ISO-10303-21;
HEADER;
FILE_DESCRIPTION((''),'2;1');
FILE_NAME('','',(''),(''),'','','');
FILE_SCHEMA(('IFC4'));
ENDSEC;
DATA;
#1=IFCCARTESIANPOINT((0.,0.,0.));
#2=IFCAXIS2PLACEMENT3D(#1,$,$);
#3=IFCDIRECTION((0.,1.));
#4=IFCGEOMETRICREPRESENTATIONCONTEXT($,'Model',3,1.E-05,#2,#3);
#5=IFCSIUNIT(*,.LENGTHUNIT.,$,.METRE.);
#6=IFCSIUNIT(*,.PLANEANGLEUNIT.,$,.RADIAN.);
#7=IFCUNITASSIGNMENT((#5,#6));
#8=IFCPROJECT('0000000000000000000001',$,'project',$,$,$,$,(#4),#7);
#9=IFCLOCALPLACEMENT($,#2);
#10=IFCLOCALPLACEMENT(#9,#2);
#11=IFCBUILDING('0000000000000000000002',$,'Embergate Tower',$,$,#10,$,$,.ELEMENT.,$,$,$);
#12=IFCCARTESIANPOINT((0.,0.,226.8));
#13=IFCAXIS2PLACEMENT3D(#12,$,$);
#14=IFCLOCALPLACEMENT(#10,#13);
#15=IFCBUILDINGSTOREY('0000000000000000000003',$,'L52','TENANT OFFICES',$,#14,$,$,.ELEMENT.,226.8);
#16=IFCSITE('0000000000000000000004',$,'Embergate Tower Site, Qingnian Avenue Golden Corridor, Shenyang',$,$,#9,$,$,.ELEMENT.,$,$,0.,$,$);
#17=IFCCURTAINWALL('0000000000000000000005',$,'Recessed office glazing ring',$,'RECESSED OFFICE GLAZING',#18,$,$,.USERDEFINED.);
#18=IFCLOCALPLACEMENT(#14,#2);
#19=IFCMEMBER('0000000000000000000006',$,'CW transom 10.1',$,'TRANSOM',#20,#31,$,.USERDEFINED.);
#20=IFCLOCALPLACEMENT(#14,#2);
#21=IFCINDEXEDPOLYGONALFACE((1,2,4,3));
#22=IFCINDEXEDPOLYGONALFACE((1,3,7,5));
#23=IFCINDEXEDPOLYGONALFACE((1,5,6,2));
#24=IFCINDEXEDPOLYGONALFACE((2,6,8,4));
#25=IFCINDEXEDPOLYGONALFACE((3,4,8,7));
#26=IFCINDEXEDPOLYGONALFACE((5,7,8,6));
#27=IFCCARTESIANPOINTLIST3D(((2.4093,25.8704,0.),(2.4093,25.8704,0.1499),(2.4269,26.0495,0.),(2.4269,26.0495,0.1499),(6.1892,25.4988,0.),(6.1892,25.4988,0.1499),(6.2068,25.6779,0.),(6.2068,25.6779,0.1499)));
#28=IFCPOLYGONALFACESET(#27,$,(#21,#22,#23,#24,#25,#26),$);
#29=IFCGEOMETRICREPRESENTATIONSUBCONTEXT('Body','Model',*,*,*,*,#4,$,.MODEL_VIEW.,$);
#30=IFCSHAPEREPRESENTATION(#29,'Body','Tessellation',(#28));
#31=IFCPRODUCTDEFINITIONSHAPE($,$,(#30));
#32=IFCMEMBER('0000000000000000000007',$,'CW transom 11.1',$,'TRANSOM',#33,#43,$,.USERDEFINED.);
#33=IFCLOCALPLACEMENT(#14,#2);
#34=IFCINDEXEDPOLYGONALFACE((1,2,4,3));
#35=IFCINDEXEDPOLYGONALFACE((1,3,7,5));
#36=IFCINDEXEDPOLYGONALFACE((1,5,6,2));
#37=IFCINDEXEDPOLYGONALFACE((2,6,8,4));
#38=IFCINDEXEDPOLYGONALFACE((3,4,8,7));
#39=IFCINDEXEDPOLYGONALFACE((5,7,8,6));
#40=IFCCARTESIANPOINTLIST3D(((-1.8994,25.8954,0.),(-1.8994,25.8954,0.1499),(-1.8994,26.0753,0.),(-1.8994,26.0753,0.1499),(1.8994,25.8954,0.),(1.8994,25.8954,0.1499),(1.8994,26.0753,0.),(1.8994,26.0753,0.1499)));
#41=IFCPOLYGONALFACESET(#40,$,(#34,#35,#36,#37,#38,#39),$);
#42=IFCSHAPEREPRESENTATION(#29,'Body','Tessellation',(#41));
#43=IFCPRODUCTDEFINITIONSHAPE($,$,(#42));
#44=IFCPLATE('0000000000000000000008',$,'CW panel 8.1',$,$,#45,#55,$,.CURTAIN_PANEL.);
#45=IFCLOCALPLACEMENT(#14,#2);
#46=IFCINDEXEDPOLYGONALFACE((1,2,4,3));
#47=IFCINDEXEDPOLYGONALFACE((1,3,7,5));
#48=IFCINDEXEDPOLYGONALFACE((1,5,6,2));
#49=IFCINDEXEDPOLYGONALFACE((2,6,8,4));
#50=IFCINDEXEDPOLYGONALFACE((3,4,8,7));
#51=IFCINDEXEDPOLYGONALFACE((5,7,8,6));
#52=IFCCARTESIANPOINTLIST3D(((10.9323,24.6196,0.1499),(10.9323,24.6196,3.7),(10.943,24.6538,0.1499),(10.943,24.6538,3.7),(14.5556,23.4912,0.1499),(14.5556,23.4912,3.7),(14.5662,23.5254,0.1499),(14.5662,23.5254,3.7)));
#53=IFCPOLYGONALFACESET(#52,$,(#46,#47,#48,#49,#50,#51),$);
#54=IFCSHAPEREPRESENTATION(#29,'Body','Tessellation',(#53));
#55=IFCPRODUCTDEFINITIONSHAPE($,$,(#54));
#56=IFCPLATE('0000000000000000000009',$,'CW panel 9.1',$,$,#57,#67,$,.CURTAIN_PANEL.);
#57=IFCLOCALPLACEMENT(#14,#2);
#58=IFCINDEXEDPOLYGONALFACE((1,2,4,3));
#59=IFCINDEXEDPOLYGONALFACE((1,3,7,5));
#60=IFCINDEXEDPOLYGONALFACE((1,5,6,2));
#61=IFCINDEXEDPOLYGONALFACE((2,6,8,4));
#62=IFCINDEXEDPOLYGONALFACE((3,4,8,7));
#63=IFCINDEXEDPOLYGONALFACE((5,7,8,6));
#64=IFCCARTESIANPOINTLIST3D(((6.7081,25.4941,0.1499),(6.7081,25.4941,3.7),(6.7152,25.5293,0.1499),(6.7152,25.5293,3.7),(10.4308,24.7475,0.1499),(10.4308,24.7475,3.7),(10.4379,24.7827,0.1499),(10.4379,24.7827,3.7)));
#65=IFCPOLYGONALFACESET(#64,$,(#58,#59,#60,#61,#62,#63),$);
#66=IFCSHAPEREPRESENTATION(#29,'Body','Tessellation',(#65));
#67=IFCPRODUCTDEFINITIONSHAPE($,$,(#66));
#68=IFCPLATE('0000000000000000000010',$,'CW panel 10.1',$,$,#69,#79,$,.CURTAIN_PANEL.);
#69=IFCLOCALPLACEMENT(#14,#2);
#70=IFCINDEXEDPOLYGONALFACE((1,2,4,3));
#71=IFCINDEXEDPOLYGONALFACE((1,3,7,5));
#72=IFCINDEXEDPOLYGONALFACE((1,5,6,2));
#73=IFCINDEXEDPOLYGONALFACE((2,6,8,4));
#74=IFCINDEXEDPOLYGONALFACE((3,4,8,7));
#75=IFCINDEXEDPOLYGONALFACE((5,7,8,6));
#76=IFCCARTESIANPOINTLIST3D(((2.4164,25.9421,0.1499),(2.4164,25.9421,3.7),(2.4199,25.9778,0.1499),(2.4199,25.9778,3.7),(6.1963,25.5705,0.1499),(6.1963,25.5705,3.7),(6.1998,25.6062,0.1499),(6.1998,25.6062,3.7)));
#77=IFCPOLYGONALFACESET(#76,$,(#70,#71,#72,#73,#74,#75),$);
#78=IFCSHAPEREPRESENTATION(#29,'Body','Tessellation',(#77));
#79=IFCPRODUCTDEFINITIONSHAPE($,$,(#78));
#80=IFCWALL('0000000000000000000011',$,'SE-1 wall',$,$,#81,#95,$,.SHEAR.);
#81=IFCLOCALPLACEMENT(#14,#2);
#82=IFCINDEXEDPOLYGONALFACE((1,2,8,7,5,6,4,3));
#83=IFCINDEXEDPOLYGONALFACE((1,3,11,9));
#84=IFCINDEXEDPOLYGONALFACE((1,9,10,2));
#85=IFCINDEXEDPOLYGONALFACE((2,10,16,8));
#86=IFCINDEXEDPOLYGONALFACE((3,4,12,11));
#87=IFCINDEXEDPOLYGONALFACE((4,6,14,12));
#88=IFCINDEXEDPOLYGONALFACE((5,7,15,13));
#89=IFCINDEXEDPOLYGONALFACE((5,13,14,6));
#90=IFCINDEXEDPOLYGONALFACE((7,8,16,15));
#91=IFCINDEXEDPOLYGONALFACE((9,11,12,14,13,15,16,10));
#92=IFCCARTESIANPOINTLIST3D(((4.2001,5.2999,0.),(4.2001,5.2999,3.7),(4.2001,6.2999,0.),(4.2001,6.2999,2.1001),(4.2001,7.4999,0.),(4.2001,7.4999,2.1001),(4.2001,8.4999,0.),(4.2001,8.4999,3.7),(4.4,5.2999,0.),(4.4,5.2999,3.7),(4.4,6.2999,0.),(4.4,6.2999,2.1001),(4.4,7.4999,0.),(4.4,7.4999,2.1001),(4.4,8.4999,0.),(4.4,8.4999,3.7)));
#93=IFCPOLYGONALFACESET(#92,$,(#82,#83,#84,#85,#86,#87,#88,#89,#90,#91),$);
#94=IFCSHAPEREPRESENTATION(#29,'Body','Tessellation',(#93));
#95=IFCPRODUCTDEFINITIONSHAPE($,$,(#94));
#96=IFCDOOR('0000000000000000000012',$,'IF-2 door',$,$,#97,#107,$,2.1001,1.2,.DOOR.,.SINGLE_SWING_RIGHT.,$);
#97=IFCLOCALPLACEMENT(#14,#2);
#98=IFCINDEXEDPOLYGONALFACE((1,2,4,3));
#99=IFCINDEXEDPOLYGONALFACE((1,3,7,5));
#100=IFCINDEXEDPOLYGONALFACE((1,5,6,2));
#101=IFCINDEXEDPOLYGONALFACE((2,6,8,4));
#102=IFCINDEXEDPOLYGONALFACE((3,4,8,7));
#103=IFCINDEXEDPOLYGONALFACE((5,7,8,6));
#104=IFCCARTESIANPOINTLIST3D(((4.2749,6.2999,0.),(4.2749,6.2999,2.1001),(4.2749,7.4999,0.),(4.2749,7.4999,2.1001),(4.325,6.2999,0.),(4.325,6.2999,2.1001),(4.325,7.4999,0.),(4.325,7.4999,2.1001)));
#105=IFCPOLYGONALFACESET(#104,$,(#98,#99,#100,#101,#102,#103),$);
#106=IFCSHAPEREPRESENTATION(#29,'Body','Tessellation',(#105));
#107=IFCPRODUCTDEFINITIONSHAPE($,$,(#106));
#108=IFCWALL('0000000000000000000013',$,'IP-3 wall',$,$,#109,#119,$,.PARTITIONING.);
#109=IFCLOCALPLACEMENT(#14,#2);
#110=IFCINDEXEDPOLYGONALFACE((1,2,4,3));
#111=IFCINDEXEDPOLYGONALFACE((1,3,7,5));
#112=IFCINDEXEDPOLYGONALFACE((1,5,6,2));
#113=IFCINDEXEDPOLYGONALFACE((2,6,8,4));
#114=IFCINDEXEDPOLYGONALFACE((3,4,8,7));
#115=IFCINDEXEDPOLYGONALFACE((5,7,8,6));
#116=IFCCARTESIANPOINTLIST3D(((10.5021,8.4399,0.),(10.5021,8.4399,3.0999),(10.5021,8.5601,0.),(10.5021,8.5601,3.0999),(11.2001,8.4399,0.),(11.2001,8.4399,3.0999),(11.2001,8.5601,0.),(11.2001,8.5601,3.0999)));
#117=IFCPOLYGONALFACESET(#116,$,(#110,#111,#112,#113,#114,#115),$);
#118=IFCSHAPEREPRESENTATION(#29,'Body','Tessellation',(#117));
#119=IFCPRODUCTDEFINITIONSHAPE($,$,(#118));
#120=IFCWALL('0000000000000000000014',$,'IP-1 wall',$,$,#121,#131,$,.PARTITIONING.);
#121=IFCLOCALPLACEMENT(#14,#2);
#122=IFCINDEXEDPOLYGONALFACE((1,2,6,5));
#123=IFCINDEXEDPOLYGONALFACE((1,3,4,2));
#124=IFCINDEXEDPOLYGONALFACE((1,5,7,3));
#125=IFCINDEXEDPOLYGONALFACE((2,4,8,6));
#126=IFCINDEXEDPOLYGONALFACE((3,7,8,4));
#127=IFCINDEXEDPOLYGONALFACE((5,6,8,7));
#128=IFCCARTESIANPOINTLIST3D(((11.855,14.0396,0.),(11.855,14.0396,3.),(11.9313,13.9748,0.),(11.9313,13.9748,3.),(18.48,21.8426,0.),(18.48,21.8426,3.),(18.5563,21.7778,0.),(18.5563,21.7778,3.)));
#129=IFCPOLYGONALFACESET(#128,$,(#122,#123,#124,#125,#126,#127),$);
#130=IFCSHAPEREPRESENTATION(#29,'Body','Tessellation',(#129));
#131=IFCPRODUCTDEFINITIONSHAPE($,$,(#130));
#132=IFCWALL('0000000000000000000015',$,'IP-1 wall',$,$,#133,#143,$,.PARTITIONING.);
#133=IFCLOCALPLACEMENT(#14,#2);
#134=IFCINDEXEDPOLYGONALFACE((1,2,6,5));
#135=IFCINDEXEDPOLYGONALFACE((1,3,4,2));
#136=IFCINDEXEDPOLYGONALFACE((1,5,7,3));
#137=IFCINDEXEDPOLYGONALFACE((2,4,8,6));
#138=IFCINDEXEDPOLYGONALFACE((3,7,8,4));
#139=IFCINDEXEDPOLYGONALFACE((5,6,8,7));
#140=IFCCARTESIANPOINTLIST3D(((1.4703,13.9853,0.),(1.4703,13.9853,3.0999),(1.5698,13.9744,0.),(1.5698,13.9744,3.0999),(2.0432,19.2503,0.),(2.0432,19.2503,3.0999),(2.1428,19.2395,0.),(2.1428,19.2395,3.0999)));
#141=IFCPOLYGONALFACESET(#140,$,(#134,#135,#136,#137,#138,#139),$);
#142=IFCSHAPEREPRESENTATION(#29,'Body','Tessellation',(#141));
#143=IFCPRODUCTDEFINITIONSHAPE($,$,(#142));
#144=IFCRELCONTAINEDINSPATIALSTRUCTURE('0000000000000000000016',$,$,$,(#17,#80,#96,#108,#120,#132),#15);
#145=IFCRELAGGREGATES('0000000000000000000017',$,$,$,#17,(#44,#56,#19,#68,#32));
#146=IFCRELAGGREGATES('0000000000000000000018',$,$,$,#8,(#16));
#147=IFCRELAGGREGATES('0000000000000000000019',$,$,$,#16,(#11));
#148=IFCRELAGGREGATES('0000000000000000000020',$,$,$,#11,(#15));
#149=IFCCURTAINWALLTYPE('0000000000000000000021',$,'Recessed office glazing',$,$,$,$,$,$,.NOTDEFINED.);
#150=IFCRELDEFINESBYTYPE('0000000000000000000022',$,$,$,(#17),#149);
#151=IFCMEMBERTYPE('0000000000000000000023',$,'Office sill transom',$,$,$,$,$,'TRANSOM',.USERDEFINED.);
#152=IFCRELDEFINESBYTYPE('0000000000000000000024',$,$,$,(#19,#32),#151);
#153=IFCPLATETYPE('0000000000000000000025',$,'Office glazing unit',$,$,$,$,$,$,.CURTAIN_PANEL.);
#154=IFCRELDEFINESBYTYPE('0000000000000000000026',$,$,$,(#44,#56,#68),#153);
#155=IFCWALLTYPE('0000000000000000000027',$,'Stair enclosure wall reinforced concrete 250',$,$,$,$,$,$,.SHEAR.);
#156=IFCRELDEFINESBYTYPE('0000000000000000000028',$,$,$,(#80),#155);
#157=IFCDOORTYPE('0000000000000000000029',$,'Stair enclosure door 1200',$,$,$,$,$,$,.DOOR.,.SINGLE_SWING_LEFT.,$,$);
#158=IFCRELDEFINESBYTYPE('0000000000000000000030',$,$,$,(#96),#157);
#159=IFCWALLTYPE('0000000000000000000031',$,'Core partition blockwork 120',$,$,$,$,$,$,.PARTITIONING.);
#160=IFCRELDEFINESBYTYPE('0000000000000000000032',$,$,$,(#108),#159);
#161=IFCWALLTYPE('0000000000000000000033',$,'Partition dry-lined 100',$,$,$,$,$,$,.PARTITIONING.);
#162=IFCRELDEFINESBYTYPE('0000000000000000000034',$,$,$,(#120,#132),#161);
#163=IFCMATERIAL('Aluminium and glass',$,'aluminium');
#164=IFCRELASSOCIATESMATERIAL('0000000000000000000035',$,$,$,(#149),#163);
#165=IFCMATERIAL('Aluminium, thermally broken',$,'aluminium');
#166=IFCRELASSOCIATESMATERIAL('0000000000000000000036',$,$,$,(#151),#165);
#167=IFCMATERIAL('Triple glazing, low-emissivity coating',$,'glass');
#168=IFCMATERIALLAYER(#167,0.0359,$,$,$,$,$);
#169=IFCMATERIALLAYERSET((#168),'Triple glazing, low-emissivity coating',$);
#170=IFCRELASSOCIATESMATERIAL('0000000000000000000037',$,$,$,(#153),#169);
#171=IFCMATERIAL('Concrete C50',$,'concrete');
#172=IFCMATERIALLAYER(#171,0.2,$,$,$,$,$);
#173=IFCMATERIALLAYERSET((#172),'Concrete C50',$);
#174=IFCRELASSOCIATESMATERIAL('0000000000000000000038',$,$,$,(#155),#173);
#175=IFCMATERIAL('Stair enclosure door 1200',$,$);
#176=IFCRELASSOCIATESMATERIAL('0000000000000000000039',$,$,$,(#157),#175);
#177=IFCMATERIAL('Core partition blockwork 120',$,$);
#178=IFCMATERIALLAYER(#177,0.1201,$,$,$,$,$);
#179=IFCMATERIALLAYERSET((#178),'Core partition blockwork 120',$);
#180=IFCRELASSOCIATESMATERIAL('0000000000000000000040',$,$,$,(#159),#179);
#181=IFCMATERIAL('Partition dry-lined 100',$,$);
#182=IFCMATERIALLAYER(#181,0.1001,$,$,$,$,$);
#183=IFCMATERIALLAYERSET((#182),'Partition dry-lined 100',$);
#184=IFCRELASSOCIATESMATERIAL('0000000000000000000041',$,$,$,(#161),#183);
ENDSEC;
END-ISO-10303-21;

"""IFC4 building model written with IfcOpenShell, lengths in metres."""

from ifc_helpers import new_model, si_unit, direction, frame, frame_2d, origin, origin_2d, place, context, subcontext, project, spatial, rectangle, extrude, source, transform, mapped, material, layer, layer_set, material_profile, profile_set, type_object, element, fill, aggregate, save


model = new_model("IFC4")

# Units and contexts
model_context = context("Model", 3, precision=1e-05, world=origin(), true_north=direction((0.0, 1.0)))
body_context = subcontext(model_context, "Body", "Model", "MODEL_VIEW")
ifc_project = project(units=[si_unit("LENGTHUNIT", "METRE"), si_unit("PLANEANGLEUNIT", "RADIAN")], contexts=[model_context])

# Site, building, storey
site_placement = place(None, origin())
site = spatial("IfcSite", under=ifc_project, at=site_placement, Name="Embergate Tower Site, Qingnian Avenue Golden Corridor, Shenyang", CompositionType="ELEMENT", RefElevation=0.0)
building_placement = place(site_placement, origin())
building = spatial("IfcBuilding", under=site, at=building_placement, Name="Embergate Tower", CompositionType="ELEMENT")
storey_placement = place(building_placement, frame((0.0, 0.0, 226.8)))
storey = spatial("IfcBuildingStorey", under=building, at=storey_placement, Name="L52", Description="TENANT OFFICES", CompositionType="ELEMENT", Elevation=226.8)

# Curtain wall, members, plates
ifc_material_1 = material(Name="Aluminium and glass", Category="aluminium")
curtain_wall_type = type_object("IfcCurtainWallType", Name="Recessed office glazing", PredefinedType="NOTDEFINED", material=ifc_material_1)
curtain_wall_placement = place(storey_placement, origin())
curtain_wall = element("IfcCurtainWall", 1, at=curtain_wall_placement, inside=storey, type_object=curtain_wall_type, Name="Recessed office glazing ring", ObjectType="RECESSED OFFICE GLAZING", PredefinedType="USERDEFINED")
ifc_material_2 = material(Name="Aluminium, thermally broken", Category="aluminium")
ifc_material_profile_1 = material_profile(ifc_material_2, rectangle(XDim=0.1799, YDim=0.1499, at=origin_2d()), Name="AL 150x180")
ifc_profile_set_1 = profile_set([ifc_material_profile_1], Name="Aluminium, thermally broken")
member_type_1 = type_object("IfcMemberType", Name="Office sill transom", ElementType="TRANSOM", PredefinedType="USERDEFINED", material=ifc_profile_set_1)
shared_shape_1 = source(origin(), body_context, "Body", "SweptSolid", [
    extrude(rectangle(XDim=0.1799, YDim=0.1499, at=origin_2d()), origin(), (0.0, 0.0, 1.0), 3.7981),
])
member_1_placement = place(storey_placement, frame((6.198, 25.5884, 0.075), z_axis=(-0.995203, 0.097836, 0.0), x_axis=(-0.097836, -0.995203, 0.0)))
member_1 = element("IfcMember", 2, at=member_1_placement, type_object=member_type_1, Name="CW transom 10.1", ObjectType="TRANSOM", PredefinedType="USERDEFINED", context=body_context, shape_type="MappedRepresentation", body=[
    mapped(shared_shape_1, transform((0.0, 0.0, 0.0))),
])
shared_shape_2 = source(origin(), body_context, "Body", "SweptSolid", [
    extrude(rectangle(XDim=0.1799, YDim=0.1499, at=origin_2d()), origin(), (0.0, 0.0, 1.0), 3.7988),
])
member_2_placement = place(storey_placement, frame((1.8994, 25.9854, 0.075), z_axis=(-1.0, 0.0, 0.0), x_axis=(0.0, -1.0, 0.0)))
member_2 = element("IfcMember", 3, at=member_2_placement, type_object=member_type_1, Name="CW transom 11.1", ObjectType="TRANSOM", PredefinedType="USERDEFINED", context=body_context, shape_type="MappedRepresentation", body=[
    mapped(shared_shape_2, transform((0.0, 0.0, 0.0))),
])
ifc_material_3 = material(Name="Triple glazing, low-emissivity coating", Category="glass")
ifc_layer_1 = layer(ifc_material_3, 0.0359)
ifc_layer_set_1 = layer_set([ifc_layer_1], Name="Triple glazing, low-emissivity coating")
plate_type = type_object("IfcPlateType", Name="Office glazing unit", PredefinedType="CURTAIN_PANEL", material=ifc_layer_set_1)
shared_shape_3 = source(origin(), body_context, "Body", "SweptSolid", [
    extrude(rectangle(XDim=3.7949, YDim=0.0359, at=origin_2d()), origin(), (0.0, 0.0, 1.0), 3.55),
])
plate_1_placement = place(storey_placement, frame((12.7493, 24.0725, 0.1499), z_axis=(0.0, 0.0, 1.0), x_axis=(-0.954771, 0.297343, 0.0)))
plate_1 = element("IfcPlate", 4, at=plate_1_placement, type_object=plate_type, Name="CW panel 8.1", PredefinedType="CURTAIN_PANEL", context=body_context, shape_type="MappedRepresentation", body=[
    mapped(shared_shape_3, transform((0.0, 0.0, 0.0))),
])
shared_shape_4 = source(origin(), body_context, "Body", "SweptSolid", [
    extrude(rectangle(XDim=3.7969, YDim=0.0359, at=origin_2d()), origin(), (0.0, 0.0, 1.0), 3.55),
])
plate_2_placement = place(storey_placement, frame((8.573, 25.1384, 0.1499), z_axis=(0.0, 0.0, 1.0), x_axis=(-0.980475, 0.196643, 0.0)))
plate_2 = element("IfcPlate", 5, at=plate_2_placement, type_object=plate_type, Name="CW panel 9.1", PredefinedType="CURTAIN_PANEL", context=body_context, shape_type="MappedRepresentation", body=[
    mapped(shared_shape_4, transform((0.0, 0.0, 0.0))),
])
shared_shape_5 = source(origin(), body_context, "Body", "SweptSolid", [
    extrude(rectangle(XDim=3.7981, YDim=0.0359, at=origin_2d()), origin(), (0.0, 0.0, 1.0), 3.55),
])
plate_3_placement = place(storey_placement, frame((4.3081, 25.7742, 0.1499), z_axis=(0.0, 0.0, 1.0), x_axis=(-0.995203, 0.097831, 0.0)))
plate_3 = element("IfcPlate", 6, at=plate_3_placement, type_object=plate_type, Name="CW panel 10.1", PredefinedType="CURTAIN_PANEL", context=body_context, shape_type="MappedRepresentation", body=[
    mapped(shared_shape_5, transform((0.0, 0.0, 0.0))),
])
aggregate(curtain_wall, [plate_1, plate_2, member_1, plate_3, member_2])

# Wall, opening, door
ifc_material_4 = material(Name="Concrete C50", Category="concrete")
ifc_layer_2 = layer(ifc_material_4, 0.2)
ifc_layer_set_2 = layer_set([ifc_layer_2], Name="Concrete C50")
wall_type_1 = type_object("IfcWallType", Name="Stair enclosure wall reinforced concrete 250", PredefinedType="SHEAR", material=ifc_layer_set_2)
shared_shape_6 = source(origin(), body_context, "Body", "SweptSolid", [
    extrude(rectangle(XDim=3.2, YDim=0.2, at=frame_2d((1.6001, 0.0))), origin(), (0.0, 0.0, 1.0), 3.7),
])
wall_1_placement = place(storey_placement, frame((4.3, 8.5, 0.0), z_axis=(0.0, 0.0, 1.0), x_axis=(0.0, -1.0, 0.0)))
wall_1 = element("IfcWall", 7, at=wall_1_placement, inside=storey, type_object=wall_type_1, Name="SE-1 wall", PredefinedType="SHEAR", context=body_context, shape_type="MappedRepresentation", body=[
    mapped(shared_shape_6, transform((0.0, 0.0, 0.0))),
])
shared_shape_7 = source(origin(), body_context, "Body", "SweptSolid", [
    extrude(rectangle(XDim=1.2, YDim=2.1001, at=frame_2d((0.6001, 1.05))), frame((0.0, 0.1099, 0.0), z_axis=(0.0, -1.0, 0.0), x_axis=(1.0, 0.0, 0.0)), (0.0, 0.0, 1.0), 0.22),
])
opening_placement = place(wall_1_placement, frame((1.0, 0.0, 0.0)))
opening = element("IfcOpeningElement", 8, at=opening_placement, cuts=wall_1, PredefinedType="OPENING", context=body_context, shape_type="MappedRepresentation", body=[
    mapped(shared_shape_7, transform((0.0, 0.0, 0.0))),
])
ifc_material_5 = material(Name="Stair enclosure door 1200")
door_type = type_object("IfcDoorType", Name="Stair enclosure door 1200", OperationType="SINGLE_SWING_LEFT", PredefinedType="DOOR", material=ifc_material_5)
shared_shape_8 = source(origin(), body_context, "Body", "SweptSolid", [
    extrude(rectangle(XDim=1.2, YDim=2.1001, at=frame_2d((0.6001, 1.05))), frame((0.0, 0.0249, 0.0), z_axis=(0.0, -1.0, 0.0), x_axis=(1.0, 0.0, 0.0)), (0.0, 0.0, 1.0), 0.05),
])
door_placement = place(opening_placement, origin())
door = element("IfcDoor", 9, at=door_placement, inside=storey, type_object=door_type, Name="IF-2 door", OperationType="SINGLE_SWING_RIGHT", OverallHeight=2.1001, OverallWidth=1.2, PredefinedType="DOOR", context=body_context, shape_type="MappedRepresentation", body=[
    mapped(shared_shape_8, transform((0.0, 0.0, 0.0))),
])
fill(opening, door)

# Walls
ifc_material_6 = material(Name="Core partition blockwork 120")
ifc_layer_3 = layer(ifc_material_6, 0.1201)
ifc_layer_set_3 = layer_set([ifc_layer_3], Name="Core partition blockwork 120")
wall_type_2 = type_object("IfcWallType", Name="Core partition blockwork 120", PredefinedType="PARTITIONING", material=ifc_layer_set_3)
shared_shape_9 = source(origin(), body_context, "Body", "SweptSolid", [
    extrude(rectangle(XDim=0.698, YDim=0.1201, at=frame_2d((0.3491, 0.0))), origin(), (0.0, 0.0, 1.0), 3.0999),
])
wall_2_placement = place(storey_placement, frame((10.502, 8.5, 0.0), z_axis=(0.0, 0.0, 1.0), x_axis=(1.0, 0.0, 0.0)))
element("IfcWall", 10, at=wall_2_placement, inside=storey, type_object=wall_type_2, Name="IP-3 wall", PredefinedType="PARTITIONING", context=body_context, shape_type="MappedRepresentation", body=[
    mapped(shared_shape_9, transform((0.0, 0.0, 0.0))),
])
ifc_material_7 = material(Name="Partition dry-lined 100")
ifc_layer_4 = layer(ifc_material_7, 0.1001)
ifc_layer_set_4 = layer_set([ifc_layer_4], Name="Partition dry-lined 100")
wall_type_3 = type_object("IfcWallType", Name="Partition dry-lined 100", PredefinedType="PARTITIONING", material=ifc_layer_set_4)
shared_shape_10 = source(origin(), body_context, "Body", "SweptSolid", [
    extrude(rectangle(XDim=10.2361, YDim=0.1001, at=frame_2d((5.1182, 0.0))), origin(), (0.0, 0.0, 1.0), 3.0),
])
wall_3_placement = place(storey_placement, frame((11.8931, 14.0071, 0.0), z_axis=(0.0, 0.0, 1.0), x_axis=(0.647221, 0.762302, 0.0)))
element("IfcWall", 11, at=wall_3_placement, inside=storey, type_object=wall_type_3, Name="IP-1 wall", PredefinedType="PARTITIONING", context=body_context, shape_type="MappedRepresentation", body=[
    mapped(shared_shape_10, transform((0.0, 0.0, 0.0))),
])
shared_shape_11 = source(origin(), body_context, "Body", "SweptSolid", [
    extrude(rectangle(XDim=5.2961, YDim=0.1001, at=frame_2d((2.6479, 0.0))), origin(), (0.0, 0.0, 1.0), 3.0999),
])
wall_4_placement = place(storey_placement, frame((1.52, 13.98, 0.0), z_axis=(0.0, 0.0, 1.0), x_axis=(0.10819, 0.99413, 0.0)))
element("IfcWall", 12, at=wall_4_placement, inside=storey, type_object=wall_type_3, Name="IP-1 wall", PredefinedType="PARTITIONING", context=body_context, shape_type="MappedRepresentation", body=[
    mapped(shared_shape_11, transform((0.0, 0.0, 0.0))),
])

save(model, "model.ifc")
